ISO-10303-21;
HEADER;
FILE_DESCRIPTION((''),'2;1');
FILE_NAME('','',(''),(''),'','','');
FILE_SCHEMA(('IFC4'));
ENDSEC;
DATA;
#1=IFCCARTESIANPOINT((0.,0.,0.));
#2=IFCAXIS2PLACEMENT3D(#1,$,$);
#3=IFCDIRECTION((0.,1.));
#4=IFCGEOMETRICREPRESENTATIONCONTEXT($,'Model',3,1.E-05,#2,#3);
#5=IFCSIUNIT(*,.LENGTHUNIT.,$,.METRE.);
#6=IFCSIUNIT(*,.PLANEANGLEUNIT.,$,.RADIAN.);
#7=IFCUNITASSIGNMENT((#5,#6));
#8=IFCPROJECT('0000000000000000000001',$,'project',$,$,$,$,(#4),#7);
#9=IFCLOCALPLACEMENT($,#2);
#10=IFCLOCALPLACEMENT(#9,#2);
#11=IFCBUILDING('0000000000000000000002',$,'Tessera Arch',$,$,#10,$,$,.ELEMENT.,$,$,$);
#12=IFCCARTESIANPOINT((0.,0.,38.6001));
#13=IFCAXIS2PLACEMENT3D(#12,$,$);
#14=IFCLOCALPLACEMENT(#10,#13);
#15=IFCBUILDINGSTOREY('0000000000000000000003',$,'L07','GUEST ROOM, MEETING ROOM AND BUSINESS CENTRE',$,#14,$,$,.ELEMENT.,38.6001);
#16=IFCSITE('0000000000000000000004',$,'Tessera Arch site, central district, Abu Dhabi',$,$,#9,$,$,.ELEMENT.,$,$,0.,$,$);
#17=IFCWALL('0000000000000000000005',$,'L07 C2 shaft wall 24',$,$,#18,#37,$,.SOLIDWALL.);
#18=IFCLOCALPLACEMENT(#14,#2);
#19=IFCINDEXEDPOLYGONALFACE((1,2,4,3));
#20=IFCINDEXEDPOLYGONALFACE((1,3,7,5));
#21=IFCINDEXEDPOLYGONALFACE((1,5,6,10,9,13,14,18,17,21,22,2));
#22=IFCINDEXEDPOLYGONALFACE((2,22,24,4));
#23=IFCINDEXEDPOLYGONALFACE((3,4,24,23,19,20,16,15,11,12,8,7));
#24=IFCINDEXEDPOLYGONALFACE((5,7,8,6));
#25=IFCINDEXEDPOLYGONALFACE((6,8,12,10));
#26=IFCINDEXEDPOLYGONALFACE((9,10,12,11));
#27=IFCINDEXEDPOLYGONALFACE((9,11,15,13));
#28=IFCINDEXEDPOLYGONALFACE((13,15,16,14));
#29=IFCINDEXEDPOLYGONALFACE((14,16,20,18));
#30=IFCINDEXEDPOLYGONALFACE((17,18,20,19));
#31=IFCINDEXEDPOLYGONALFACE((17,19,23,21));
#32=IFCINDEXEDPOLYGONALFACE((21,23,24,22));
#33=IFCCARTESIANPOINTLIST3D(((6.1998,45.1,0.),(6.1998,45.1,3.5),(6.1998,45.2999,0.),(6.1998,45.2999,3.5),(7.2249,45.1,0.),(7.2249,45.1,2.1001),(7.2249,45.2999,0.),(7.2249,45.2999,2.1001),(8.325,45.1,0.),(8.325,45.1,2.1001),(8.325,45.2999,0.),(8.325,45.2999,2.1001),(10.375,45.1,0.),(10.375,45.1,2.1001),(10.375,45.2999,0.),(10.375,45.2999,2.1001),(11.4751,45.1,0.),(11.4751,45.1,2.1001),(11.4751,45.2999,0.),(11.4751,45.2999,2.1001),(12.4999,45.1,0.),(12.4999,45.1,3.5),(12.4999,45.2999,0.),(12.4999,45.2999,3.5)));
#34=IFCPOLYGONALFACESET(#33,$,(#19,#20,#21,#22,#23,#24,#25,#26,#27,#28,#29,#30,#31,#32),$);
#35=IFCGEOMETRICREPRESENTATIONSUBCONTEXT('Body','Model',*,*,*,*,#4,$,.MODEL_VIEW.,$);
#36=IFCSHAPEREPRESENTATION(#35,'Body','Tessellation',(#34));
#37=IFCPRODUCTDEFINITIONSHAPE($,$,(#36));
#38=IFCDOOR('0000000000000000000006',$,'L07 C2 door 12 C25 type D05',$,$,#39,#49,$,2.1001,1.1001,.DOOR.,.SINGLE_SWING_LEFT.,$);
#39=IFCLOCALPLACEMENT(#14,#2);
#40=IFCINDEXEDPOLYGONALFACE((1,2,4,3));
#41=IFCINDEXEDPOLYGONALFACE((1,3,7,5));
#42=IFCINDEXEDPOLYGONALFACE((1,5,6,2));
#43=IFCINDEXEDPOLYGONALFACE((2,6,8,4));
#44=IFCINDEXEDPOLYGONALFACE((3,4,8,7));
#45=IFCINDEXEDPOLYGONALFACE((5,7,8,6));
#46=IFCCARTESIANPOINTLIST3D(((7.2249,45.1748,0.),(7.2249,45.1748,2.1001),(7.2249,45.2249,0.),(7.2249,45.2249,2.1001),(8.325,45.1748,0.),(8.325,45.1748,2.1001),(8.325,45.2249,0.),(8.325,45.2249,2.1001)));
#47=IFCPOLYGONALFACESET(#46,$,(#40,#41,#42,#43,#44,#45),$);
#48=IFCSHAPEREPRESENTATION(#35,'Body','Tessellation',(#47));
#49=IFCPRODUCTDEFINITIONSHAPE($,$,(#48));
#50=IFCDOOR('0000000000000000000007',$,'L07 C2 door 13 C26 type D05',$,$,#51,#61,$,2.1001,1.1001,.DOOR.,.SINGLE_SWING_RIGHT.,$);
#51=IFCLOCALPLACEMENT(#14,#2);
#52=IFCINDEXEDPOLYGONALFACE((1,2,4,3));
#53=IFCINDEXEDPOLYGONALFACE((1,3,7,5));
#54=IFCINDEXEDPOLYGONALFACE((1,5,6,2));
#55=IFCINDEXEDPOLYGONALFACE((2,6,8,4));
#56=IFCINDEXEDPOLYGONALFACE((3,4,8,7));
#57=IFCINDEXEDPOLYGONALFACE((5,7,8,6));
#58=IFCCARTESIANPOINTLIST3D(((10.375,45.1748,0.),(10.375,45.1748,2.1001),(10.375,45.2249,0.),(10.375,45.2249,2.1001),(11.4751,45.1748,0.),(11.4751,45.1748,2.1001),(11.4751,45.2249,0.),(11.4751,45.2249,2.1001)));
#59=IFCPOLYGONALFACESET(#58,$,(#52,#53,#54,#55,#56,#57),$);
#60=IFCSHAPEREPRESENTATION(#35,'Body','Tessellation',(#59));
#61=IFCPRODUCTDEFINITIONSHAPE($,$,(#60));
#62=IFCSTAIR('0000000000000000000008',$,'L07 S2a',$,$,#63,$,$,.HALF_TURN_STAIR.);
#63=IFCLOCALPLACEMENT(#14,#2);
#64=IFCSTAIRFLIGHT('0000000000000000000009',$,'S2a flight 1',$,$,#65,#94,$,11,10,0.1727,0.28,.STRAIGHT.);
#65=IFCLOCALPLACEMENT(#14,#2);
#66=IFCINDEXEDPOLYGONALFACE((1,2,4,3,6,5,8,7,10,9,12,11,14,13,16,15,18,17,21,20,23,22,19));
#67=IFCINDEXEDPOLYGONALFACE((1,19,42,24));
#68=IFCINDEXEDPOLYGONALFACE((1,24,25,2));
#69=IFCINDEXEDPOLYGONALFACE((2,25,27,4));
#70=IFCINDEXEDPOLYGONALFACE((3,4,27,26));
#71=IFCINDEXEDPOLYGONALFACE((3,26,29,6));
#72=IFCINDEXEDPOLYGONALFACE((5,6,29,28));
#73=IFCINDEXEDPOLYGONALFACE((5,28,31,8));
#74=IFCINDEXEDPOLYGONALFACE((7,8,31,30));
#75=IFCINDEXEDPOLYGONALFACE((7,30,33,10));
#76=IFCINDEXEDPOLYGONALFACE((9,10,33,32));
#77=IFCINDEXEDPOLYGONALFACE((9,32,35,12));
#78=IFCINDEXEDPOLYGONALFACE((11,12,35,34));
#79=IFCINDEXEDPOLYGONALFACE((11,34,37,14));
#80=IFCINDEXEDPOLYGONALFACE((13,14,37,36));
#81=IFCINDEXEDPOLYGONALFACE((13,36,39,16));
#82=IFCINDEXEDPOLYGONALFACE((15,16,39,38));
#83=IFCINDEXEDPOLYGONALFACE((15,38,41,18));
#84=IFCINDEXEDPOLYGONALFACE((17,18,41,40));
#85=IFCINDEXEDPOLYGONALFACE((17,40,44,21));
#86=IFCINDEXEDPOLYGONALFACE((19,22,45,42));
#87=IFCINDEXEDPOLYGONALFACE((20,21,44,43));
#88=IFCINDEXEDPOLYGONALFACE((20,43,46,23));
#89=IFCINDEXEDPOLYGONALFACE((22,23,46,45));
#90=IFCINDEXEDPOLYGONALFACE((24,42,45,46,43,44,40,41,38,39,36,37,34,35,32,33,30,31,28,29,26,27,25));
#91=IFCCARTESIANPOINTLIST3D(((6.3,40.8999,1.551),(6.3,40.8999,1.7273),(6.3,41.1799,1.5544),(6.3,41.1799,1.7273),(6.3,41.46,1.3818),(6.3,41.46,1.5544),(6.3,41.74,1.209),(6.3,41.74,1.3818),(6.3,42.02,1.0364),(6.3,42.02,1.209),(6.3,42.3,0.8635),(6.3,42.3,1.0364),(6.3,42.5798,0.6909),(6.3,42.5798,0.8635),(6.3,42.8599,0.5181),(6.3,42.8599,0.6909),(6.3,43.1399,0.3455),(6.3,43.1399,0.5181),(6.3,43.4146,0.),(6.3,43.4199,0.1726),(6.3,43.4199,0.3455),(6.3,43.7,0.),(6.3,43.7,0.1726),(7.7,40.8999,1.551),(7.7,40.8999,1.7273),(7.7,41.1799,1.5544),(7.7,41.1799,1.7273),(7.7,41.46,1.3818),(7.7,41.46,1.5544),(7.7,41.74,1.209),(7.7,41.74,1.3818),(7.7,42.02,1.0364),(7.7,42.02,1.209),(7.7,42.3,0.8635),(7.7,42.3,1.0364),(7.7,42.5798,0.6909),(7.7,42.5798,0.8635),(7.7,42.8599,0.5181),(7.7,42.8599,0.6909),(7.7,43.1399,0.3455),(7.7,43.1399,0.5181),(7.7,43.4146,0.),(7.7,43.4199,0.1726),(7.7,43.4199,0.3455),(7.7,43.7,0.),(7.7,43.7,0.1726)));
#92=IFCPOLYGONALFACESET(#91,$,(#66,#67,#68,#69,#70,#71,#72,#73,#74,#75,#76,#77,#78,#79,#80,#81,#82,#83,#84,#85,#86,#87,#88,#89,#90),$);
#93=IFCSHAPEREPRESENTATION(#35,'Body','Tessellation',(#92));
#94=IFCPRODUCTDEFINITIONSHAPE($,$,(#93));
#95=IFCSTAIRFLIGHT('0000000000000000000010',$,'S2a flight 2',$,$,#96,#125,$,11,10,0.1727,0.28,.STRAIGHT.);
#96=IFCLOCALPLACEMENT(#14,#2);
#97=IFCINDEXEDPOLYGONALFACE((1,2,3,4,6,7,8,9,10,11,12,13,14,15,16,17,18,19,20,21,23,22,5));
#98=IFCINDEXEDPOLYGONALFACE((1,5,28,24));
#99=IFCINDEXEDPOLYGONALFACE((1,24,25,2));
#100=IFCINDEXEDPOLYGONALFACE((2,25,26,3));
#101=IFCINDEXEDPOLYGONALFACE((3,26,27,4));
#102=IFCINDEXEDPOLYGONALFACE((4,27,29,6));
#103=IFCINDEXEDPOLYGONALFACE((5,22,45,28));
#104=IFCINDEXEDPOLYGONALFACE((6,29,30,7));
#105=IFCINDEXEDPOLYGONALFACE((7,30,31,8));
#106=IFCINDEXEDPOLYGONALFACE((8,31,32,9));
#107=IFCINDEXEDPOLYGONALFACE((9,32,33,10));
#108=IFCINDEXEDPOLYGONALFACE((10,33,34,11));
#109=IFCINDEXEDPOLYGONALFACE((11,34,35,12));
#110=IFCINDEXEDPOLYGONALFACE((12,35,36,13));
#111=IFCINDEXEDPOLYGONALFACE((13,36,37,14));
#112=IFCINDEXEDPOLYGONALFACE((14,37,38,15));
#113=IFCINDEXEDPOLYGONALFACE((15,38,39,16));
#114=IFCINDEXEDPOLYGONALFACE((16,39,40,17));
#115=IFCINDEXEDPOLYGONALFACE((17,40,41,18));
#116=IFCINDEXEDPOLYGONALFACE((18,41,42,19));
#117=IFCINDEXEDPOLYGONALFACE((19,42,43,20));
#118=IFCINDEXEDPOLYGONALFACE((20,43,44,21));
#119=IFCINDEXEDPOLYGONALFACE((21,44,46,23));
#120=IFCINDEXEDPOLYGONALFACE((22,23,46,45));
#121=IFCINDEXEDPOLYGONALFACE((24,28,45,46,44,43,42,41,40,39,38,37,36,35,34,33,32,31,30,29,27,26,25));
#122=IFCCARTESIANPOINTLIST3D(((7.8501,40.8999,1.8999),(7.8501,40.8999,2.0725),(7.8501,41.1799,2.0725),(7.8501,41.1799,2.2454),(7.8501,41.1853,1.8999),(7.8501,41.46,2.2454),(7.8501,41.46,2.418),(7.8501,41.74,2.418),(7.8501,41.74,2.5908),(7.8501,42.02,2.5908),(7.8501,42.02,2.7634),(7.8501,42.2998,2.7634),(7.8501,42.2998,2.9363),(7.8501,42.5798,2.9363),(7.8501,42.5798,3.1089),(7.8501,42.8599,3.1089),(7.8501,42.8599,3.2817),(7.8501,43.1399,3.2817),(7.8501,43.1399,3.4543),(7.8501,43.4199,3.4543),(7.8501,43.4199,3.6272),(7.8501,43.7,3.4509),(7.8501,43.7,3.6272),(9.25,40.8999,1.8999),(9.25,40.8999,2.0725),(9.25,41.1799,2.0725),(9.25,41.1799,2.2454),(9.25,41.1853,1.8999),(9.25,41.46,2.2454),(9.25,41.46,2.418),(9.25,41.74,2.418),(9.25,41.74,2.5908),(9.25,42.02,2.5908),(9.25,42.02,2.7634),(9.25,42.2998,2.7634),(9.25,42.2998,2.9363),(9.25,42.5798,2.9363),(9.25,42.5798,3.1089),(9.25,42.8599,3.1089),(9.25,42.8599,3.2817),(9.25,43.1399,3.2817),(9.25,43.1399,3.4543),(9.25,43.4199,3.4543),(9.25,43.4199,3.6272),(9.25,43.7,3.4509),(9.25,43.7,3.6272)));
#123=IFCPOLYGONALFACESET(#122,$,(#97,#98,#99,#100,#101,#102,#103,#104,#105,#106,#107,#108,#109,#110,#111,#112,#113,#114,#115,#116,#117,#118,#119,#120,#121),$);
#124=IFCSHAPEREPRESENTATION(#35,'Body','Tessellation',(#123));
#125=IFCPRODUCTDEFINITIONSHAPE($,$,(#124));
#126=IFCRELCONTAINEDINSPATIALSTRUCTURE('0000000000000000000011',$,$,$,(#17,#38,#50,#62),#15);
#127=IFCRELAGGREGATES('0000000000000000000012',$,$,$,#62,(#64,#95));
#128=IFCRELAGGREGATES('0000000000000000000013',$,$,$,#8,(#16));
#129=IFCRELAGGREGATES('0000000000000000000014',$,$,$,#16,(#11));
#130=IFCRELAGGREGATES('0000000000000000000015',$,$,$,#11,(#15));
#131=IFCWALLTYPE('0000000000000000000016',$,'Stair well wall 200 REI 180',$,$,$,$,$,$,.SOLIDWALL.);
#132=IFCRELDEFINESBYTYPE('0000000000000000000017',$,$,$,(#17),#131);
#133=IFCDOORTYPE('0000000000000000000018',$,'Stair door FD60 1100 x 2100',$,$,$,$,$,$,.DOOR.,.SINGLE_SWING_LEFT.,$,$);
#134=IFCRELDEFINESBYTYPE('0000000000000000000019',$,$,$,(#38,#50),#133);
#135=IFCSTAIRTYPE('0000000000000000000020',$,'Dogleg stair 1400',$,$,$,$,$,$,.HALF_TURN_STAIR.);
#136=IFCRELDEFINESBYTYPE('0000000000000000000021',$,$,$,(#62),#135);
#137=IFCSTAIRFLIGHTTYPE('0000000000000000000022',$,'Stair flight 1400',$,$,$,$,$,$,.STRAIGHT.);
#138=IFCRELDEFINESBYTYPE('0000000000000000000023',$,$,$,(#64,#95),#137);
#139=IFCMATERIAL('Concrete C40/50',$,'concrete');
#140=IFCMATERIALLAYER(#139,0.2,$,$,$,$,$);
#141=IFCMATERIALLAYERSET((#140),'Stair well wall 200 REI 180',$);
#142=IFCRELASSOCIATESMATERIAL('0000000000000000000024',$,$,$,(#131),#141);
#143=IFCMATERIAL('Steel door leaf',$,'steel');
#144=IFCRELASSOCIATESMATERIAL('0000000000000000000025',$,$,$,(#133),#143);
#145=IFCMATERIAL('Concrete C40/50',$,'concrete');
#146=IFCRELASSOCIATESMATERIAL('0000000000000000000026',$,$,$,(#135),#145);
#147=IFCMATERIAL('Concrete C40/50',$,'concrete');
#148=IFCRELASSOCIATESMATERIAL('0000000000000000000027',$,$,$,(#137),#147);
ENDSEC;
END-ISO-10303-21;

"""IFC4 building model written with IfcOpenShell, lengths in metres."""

from ifc_helpers import new_model, si_unit, direction, frame, frame_2d, origin, place, context, subcontext, project, spatial, polyline, rectangle, outline, extrude, material, layer, layer_set, type_object, element, fill, aggregate, save


model = new_model("IFC4")

# Units and contexts
model_context = context("Model", 3, precision=1e-05, world=origin(), true_north=direction((0.0, 1.0)))
body_context = subcontext(model_context, "Body", "Model", "MODEL_VIEW")
ifc_project = project(units=[si_unit("LENGTHUNIT", "METRE"), si_unit("PLANEANGLEUNIT", "RADIAN")], contexts=[model_context])

# Site, building, storey
site_placement = place(None, origin())
site = spatial("IfcSite", under=ifc_project, at=site_placement, Name="Tessera Arch site, central district, Abu Dhabi", CompositionType="ELEMENT", RefElevation=0.0)
building_placement = place(site_placement, origin())
building = spatial("IfcBuilding", under=site, at=building_placement, Name="Tessera Arch", CompositionType="ELEMENT")
storey_placement = place(building_placement, frame((0.0, 0.0, 38.6001)))
storey = spatial("IfcBuildingStorey", under=building, at=storey_placement, Name="L07", Description="GUEST ROOM, MEETING ROOM AND BUSINESS CENTRE", CompositionType="ELEMENT", Elevation=38.6001)

# Shared definitions
ifc_material_1 = material(Name="Concrete C40/50", Category="concrete")
ifc_layer_1 = layer(ifc_material_1, 0.2)
ifc_layer_set_1 = layer_set([ifc_layer_1], Name="Stair well wall 200 REI 180")
wall_type_1 = type_object("IfcWallType", Name="Stair well wall 200 REI 180", PredefinedType="SOLIDWALL", material=ifc_layer_set_1)

# Wall, openings, doors
wall_1_placement = place(storey_placement, frame((6.2, 45.2, 0.0), z_axis=(0.0, 0.0, 1.0), x_axis=(1.0, 0.0, 0.0)))
wall_1 = element("IfcWall", 1, at=wall_1_placement, inside=storey, type_object=wall_type_1, Name="L07 C2 shaft wall 24", PredefinedType="SOLIDWALL", context=body_context, shape_type="SweptSolid", body=[
    extrude(rectangle(XDim=6.3, YDim=0.2, at=frame_2d((3.1499, 0.0))), origin(), (0.0, 0.0, 1.0), 3.5),
])
opening_1_placement = place(wall_1_placement, frame((1.0249, 0.0, 0.0)))
opening_1 = element("IfcOpeningElement", 2, at=opening_1_placement, cuts=wall_1, PredefinedType="OPENING", context=body_context, shape_type="SweptSolid", body=[
    extrude(rectangle(XDim=1.1001, YDim=2.1001, at=frame_2d((0.55, 1.05))), frame((0.0, 0.1099, 0.0), z_axis=(0.0, -1.0, 0.0), x_axis=(1.0, 0.0, 0.0)), (0.0, 0.0, 1.0), 0.22),
])
opening_2_placement = place(wall_1_placement, frame((4.175, 0.0, 0.0)))
opening_2 = element("IfcOpeningElement", 3, at=opening_2_placement, cuts=wall_1, PredefinedType="OPENING", context=body_context, shape_type="SweptSolid", body=[
    extrude(rectangle(XDim=1.1001, YDim=2.1001, at=frame_2d((0.55, 1.05))), frame((0.0, 0.1099, 0.0), z_axis=(0.0, -1.0, 0.0), x_axis=(1.0, 0.0, 0.0)), (0.0, 0.0, 1.0), 0.22),
])
ifc_material_2 = material(Name="Steel door leaf", Category="steel")
door_type_1 = type_object("IfcDoorType", Name="Stair door FD60 1100 x 2100", OperationType="SINGLE_SWING_LEFT", PredefinedType="DOOR", material=ifc_material_2)
door_1_placement = place(opening_1_placement, origin())
door_1 = element("IfcDoor", 4, at=door_1_placement, inside=storey, type_object=door_type_1, Name="L07 C2 door 12 C25 type D05", OperationType="SINGLE_SWING_LEFT", OverallHeight=2.1001, OverallWidth=1.1001, PredefinedType="DOOR", context=body_context, shape_type="SweptSolid", body=[
    extrude(rectangle(XDim=1.1001, YDim=2.1001, at=frame_2d((0.55, 1.05))), frame((0.0, 0.0249, 0.0), z_axis=(0.0, -1.0, 0.0), x_axis=(1.0, 0.0, 0.0)), (0.0, 0.0, 1.0), 0.05),
])
fill(opening_1, door_1)
door_2_placement = place(opening_2_placement, origin())
door_2 = element("IfcDoor", 5, at=door_2_placement, inside=storey, type_object=door_type_1, Name="L07 C2 door 13 C26 type D05", OperationType="SINGLE_SWING_RIGHT", OverallHeight=2.1001, OverallWidth=1.1001, PredefinedType="DOOR", context=body_context, shape_type="SweptSolid", body=[
    extrude(rectangle(XDim=1.1001, YDim=2.1001, at=frame_2d((0.55, 1.05))), frame((0.0, 0.0249, 0.0), z_axis=(0.0, -1.0, 0.0), x_axis=(1.0, 0.0, 0.0)), (0.0, 0.0, 1.0), 0.05),
])
fill(opening_2, door_2)

# Stair, stair flights
ifc_material_3 = material(Name="Concrete C40/50", Category="concrete")
stair_type = type_object("IfcStairType", Name="Dogleg stair 1400", PredefinedType="HALF_TURN_STAIR", material=ifc_material_3)
stair_placement = place(storey_placement, origin())
stair = element("IfcStair", 6, at=stair_placement, inside=storey, type_object=stair_type, Name="L07 S2a", PredefinedType="HALF_TURN_STAIR")
ifc_material_4 = material(Name="Concrete C40/50", Category="concrete")
stair_flight_type = type_object("IfcStairFlightType", Name="Stair flight 1400", PredefinedType="STRAIGHT", material=ifc_material_4)
stair_flight_1_placement = place(storey_placement, frame((7.0, 43.7, 0.0), z_axis=(0.0, 0.0, 1.0), x_axis=(0.0, -1.0, 0.0)))
stair_flight_1 = element("IfcStairFlight", 7, at=stair_flight_1_placement, type_object=stair_flight_type, Name="S2a flight 1", NumberOfRisers=11, NumberOfTreads=10, PredefinedType="STRAIGHT", RiserHeight=0.1727, TreadLength=0.28, context=body_context, shape_type="SweptSolid", body=[
    extrude(outline(polyline([(0.0, 0.0), (0.0, 0.1726), (0.28, 0.1726), (0.28, 0.3455), (0.5601, 0.3455), (0.5601, 0.5181), (0.8401, 0.5181), (0.8401, 0.6909), (1.1201, 0.6909), (1.1201, 0.8635), (1.3999, 0.8635), (1.3999, 1.0364), (1.6799, 1.0364), (1.6799, 1.209), (1.96, 1.209), (1.96, 1.3818), (2.24, 1.3818), (2.24, 1.5544), (2.52, 1.5544), (2.52, 1.7273), (2.8, 1.7273), (2.8, 1.8999), (2.8, 1.551), (0.2854, 0.0), (0.0, 0.0)])), frame((0.0, 0.7, 0.0), z_axis=(0.0, -1.0, 0.0), x_axis=(1.0, 0.0, 0.0)), (0.0, 0.0, 1.0), 1.3999),
])
stair_flight_2_placement = place(storey_placement, frame((8.55, 40.8999, 1.8999), z_axis=(0.0, 0.0, 1.0), x_axis=(0.0, 1.0, 0.0)))
stair_flight_2 = element("IfcStairFlight", 8, at=stair_flight_2_placement, type_object=stair_flight_type, Name="S2a flight 2", NumberOfRisers=11, NumberOfTreads=10, PredefinedType="STRAIGHT", RiserHeight=0.1727, TreadLength=0.28, context=body_context, shape_type="SweptSolid", body=[
    extrude(outline(polyline([(0.0, 0.0), (0.0, 0.1726), (0.28, 0.1726), (0.28, 0.3455), (0.5601, 0.3455), (0.5601, 0.5181), (0.8401, 0.5181), (0.8401, 0.6909), (1.1201, 0.6909), (1.1201, 0.8635), (1.3999, 0.8635), (1.3999, 1.0364), (1.6799, 1.0364), (1.6799, 1.209), (1.96, 1.209), (1.96, 1.3818), (2.24, 1.3818), (2.24, 1.5544), (2.52, 1.5544), (2.52, 1.7273), (2.8, 1.7273), (2.8, 1.8999), (2.8, 1.551), (0.2854, 0.0), (0.0, 0.0)])), frame((0.0, 0.7, 0.0), z_axis=(0.0, -1.0, 0.0), x_axis=(1.0, 0.0, 0.0)), (0.0, 0.0, 1.0), 1.3999),
])
aggregate(stair, [stair_flight_1, stair_flight_2])

save(model, "model.ifc")
